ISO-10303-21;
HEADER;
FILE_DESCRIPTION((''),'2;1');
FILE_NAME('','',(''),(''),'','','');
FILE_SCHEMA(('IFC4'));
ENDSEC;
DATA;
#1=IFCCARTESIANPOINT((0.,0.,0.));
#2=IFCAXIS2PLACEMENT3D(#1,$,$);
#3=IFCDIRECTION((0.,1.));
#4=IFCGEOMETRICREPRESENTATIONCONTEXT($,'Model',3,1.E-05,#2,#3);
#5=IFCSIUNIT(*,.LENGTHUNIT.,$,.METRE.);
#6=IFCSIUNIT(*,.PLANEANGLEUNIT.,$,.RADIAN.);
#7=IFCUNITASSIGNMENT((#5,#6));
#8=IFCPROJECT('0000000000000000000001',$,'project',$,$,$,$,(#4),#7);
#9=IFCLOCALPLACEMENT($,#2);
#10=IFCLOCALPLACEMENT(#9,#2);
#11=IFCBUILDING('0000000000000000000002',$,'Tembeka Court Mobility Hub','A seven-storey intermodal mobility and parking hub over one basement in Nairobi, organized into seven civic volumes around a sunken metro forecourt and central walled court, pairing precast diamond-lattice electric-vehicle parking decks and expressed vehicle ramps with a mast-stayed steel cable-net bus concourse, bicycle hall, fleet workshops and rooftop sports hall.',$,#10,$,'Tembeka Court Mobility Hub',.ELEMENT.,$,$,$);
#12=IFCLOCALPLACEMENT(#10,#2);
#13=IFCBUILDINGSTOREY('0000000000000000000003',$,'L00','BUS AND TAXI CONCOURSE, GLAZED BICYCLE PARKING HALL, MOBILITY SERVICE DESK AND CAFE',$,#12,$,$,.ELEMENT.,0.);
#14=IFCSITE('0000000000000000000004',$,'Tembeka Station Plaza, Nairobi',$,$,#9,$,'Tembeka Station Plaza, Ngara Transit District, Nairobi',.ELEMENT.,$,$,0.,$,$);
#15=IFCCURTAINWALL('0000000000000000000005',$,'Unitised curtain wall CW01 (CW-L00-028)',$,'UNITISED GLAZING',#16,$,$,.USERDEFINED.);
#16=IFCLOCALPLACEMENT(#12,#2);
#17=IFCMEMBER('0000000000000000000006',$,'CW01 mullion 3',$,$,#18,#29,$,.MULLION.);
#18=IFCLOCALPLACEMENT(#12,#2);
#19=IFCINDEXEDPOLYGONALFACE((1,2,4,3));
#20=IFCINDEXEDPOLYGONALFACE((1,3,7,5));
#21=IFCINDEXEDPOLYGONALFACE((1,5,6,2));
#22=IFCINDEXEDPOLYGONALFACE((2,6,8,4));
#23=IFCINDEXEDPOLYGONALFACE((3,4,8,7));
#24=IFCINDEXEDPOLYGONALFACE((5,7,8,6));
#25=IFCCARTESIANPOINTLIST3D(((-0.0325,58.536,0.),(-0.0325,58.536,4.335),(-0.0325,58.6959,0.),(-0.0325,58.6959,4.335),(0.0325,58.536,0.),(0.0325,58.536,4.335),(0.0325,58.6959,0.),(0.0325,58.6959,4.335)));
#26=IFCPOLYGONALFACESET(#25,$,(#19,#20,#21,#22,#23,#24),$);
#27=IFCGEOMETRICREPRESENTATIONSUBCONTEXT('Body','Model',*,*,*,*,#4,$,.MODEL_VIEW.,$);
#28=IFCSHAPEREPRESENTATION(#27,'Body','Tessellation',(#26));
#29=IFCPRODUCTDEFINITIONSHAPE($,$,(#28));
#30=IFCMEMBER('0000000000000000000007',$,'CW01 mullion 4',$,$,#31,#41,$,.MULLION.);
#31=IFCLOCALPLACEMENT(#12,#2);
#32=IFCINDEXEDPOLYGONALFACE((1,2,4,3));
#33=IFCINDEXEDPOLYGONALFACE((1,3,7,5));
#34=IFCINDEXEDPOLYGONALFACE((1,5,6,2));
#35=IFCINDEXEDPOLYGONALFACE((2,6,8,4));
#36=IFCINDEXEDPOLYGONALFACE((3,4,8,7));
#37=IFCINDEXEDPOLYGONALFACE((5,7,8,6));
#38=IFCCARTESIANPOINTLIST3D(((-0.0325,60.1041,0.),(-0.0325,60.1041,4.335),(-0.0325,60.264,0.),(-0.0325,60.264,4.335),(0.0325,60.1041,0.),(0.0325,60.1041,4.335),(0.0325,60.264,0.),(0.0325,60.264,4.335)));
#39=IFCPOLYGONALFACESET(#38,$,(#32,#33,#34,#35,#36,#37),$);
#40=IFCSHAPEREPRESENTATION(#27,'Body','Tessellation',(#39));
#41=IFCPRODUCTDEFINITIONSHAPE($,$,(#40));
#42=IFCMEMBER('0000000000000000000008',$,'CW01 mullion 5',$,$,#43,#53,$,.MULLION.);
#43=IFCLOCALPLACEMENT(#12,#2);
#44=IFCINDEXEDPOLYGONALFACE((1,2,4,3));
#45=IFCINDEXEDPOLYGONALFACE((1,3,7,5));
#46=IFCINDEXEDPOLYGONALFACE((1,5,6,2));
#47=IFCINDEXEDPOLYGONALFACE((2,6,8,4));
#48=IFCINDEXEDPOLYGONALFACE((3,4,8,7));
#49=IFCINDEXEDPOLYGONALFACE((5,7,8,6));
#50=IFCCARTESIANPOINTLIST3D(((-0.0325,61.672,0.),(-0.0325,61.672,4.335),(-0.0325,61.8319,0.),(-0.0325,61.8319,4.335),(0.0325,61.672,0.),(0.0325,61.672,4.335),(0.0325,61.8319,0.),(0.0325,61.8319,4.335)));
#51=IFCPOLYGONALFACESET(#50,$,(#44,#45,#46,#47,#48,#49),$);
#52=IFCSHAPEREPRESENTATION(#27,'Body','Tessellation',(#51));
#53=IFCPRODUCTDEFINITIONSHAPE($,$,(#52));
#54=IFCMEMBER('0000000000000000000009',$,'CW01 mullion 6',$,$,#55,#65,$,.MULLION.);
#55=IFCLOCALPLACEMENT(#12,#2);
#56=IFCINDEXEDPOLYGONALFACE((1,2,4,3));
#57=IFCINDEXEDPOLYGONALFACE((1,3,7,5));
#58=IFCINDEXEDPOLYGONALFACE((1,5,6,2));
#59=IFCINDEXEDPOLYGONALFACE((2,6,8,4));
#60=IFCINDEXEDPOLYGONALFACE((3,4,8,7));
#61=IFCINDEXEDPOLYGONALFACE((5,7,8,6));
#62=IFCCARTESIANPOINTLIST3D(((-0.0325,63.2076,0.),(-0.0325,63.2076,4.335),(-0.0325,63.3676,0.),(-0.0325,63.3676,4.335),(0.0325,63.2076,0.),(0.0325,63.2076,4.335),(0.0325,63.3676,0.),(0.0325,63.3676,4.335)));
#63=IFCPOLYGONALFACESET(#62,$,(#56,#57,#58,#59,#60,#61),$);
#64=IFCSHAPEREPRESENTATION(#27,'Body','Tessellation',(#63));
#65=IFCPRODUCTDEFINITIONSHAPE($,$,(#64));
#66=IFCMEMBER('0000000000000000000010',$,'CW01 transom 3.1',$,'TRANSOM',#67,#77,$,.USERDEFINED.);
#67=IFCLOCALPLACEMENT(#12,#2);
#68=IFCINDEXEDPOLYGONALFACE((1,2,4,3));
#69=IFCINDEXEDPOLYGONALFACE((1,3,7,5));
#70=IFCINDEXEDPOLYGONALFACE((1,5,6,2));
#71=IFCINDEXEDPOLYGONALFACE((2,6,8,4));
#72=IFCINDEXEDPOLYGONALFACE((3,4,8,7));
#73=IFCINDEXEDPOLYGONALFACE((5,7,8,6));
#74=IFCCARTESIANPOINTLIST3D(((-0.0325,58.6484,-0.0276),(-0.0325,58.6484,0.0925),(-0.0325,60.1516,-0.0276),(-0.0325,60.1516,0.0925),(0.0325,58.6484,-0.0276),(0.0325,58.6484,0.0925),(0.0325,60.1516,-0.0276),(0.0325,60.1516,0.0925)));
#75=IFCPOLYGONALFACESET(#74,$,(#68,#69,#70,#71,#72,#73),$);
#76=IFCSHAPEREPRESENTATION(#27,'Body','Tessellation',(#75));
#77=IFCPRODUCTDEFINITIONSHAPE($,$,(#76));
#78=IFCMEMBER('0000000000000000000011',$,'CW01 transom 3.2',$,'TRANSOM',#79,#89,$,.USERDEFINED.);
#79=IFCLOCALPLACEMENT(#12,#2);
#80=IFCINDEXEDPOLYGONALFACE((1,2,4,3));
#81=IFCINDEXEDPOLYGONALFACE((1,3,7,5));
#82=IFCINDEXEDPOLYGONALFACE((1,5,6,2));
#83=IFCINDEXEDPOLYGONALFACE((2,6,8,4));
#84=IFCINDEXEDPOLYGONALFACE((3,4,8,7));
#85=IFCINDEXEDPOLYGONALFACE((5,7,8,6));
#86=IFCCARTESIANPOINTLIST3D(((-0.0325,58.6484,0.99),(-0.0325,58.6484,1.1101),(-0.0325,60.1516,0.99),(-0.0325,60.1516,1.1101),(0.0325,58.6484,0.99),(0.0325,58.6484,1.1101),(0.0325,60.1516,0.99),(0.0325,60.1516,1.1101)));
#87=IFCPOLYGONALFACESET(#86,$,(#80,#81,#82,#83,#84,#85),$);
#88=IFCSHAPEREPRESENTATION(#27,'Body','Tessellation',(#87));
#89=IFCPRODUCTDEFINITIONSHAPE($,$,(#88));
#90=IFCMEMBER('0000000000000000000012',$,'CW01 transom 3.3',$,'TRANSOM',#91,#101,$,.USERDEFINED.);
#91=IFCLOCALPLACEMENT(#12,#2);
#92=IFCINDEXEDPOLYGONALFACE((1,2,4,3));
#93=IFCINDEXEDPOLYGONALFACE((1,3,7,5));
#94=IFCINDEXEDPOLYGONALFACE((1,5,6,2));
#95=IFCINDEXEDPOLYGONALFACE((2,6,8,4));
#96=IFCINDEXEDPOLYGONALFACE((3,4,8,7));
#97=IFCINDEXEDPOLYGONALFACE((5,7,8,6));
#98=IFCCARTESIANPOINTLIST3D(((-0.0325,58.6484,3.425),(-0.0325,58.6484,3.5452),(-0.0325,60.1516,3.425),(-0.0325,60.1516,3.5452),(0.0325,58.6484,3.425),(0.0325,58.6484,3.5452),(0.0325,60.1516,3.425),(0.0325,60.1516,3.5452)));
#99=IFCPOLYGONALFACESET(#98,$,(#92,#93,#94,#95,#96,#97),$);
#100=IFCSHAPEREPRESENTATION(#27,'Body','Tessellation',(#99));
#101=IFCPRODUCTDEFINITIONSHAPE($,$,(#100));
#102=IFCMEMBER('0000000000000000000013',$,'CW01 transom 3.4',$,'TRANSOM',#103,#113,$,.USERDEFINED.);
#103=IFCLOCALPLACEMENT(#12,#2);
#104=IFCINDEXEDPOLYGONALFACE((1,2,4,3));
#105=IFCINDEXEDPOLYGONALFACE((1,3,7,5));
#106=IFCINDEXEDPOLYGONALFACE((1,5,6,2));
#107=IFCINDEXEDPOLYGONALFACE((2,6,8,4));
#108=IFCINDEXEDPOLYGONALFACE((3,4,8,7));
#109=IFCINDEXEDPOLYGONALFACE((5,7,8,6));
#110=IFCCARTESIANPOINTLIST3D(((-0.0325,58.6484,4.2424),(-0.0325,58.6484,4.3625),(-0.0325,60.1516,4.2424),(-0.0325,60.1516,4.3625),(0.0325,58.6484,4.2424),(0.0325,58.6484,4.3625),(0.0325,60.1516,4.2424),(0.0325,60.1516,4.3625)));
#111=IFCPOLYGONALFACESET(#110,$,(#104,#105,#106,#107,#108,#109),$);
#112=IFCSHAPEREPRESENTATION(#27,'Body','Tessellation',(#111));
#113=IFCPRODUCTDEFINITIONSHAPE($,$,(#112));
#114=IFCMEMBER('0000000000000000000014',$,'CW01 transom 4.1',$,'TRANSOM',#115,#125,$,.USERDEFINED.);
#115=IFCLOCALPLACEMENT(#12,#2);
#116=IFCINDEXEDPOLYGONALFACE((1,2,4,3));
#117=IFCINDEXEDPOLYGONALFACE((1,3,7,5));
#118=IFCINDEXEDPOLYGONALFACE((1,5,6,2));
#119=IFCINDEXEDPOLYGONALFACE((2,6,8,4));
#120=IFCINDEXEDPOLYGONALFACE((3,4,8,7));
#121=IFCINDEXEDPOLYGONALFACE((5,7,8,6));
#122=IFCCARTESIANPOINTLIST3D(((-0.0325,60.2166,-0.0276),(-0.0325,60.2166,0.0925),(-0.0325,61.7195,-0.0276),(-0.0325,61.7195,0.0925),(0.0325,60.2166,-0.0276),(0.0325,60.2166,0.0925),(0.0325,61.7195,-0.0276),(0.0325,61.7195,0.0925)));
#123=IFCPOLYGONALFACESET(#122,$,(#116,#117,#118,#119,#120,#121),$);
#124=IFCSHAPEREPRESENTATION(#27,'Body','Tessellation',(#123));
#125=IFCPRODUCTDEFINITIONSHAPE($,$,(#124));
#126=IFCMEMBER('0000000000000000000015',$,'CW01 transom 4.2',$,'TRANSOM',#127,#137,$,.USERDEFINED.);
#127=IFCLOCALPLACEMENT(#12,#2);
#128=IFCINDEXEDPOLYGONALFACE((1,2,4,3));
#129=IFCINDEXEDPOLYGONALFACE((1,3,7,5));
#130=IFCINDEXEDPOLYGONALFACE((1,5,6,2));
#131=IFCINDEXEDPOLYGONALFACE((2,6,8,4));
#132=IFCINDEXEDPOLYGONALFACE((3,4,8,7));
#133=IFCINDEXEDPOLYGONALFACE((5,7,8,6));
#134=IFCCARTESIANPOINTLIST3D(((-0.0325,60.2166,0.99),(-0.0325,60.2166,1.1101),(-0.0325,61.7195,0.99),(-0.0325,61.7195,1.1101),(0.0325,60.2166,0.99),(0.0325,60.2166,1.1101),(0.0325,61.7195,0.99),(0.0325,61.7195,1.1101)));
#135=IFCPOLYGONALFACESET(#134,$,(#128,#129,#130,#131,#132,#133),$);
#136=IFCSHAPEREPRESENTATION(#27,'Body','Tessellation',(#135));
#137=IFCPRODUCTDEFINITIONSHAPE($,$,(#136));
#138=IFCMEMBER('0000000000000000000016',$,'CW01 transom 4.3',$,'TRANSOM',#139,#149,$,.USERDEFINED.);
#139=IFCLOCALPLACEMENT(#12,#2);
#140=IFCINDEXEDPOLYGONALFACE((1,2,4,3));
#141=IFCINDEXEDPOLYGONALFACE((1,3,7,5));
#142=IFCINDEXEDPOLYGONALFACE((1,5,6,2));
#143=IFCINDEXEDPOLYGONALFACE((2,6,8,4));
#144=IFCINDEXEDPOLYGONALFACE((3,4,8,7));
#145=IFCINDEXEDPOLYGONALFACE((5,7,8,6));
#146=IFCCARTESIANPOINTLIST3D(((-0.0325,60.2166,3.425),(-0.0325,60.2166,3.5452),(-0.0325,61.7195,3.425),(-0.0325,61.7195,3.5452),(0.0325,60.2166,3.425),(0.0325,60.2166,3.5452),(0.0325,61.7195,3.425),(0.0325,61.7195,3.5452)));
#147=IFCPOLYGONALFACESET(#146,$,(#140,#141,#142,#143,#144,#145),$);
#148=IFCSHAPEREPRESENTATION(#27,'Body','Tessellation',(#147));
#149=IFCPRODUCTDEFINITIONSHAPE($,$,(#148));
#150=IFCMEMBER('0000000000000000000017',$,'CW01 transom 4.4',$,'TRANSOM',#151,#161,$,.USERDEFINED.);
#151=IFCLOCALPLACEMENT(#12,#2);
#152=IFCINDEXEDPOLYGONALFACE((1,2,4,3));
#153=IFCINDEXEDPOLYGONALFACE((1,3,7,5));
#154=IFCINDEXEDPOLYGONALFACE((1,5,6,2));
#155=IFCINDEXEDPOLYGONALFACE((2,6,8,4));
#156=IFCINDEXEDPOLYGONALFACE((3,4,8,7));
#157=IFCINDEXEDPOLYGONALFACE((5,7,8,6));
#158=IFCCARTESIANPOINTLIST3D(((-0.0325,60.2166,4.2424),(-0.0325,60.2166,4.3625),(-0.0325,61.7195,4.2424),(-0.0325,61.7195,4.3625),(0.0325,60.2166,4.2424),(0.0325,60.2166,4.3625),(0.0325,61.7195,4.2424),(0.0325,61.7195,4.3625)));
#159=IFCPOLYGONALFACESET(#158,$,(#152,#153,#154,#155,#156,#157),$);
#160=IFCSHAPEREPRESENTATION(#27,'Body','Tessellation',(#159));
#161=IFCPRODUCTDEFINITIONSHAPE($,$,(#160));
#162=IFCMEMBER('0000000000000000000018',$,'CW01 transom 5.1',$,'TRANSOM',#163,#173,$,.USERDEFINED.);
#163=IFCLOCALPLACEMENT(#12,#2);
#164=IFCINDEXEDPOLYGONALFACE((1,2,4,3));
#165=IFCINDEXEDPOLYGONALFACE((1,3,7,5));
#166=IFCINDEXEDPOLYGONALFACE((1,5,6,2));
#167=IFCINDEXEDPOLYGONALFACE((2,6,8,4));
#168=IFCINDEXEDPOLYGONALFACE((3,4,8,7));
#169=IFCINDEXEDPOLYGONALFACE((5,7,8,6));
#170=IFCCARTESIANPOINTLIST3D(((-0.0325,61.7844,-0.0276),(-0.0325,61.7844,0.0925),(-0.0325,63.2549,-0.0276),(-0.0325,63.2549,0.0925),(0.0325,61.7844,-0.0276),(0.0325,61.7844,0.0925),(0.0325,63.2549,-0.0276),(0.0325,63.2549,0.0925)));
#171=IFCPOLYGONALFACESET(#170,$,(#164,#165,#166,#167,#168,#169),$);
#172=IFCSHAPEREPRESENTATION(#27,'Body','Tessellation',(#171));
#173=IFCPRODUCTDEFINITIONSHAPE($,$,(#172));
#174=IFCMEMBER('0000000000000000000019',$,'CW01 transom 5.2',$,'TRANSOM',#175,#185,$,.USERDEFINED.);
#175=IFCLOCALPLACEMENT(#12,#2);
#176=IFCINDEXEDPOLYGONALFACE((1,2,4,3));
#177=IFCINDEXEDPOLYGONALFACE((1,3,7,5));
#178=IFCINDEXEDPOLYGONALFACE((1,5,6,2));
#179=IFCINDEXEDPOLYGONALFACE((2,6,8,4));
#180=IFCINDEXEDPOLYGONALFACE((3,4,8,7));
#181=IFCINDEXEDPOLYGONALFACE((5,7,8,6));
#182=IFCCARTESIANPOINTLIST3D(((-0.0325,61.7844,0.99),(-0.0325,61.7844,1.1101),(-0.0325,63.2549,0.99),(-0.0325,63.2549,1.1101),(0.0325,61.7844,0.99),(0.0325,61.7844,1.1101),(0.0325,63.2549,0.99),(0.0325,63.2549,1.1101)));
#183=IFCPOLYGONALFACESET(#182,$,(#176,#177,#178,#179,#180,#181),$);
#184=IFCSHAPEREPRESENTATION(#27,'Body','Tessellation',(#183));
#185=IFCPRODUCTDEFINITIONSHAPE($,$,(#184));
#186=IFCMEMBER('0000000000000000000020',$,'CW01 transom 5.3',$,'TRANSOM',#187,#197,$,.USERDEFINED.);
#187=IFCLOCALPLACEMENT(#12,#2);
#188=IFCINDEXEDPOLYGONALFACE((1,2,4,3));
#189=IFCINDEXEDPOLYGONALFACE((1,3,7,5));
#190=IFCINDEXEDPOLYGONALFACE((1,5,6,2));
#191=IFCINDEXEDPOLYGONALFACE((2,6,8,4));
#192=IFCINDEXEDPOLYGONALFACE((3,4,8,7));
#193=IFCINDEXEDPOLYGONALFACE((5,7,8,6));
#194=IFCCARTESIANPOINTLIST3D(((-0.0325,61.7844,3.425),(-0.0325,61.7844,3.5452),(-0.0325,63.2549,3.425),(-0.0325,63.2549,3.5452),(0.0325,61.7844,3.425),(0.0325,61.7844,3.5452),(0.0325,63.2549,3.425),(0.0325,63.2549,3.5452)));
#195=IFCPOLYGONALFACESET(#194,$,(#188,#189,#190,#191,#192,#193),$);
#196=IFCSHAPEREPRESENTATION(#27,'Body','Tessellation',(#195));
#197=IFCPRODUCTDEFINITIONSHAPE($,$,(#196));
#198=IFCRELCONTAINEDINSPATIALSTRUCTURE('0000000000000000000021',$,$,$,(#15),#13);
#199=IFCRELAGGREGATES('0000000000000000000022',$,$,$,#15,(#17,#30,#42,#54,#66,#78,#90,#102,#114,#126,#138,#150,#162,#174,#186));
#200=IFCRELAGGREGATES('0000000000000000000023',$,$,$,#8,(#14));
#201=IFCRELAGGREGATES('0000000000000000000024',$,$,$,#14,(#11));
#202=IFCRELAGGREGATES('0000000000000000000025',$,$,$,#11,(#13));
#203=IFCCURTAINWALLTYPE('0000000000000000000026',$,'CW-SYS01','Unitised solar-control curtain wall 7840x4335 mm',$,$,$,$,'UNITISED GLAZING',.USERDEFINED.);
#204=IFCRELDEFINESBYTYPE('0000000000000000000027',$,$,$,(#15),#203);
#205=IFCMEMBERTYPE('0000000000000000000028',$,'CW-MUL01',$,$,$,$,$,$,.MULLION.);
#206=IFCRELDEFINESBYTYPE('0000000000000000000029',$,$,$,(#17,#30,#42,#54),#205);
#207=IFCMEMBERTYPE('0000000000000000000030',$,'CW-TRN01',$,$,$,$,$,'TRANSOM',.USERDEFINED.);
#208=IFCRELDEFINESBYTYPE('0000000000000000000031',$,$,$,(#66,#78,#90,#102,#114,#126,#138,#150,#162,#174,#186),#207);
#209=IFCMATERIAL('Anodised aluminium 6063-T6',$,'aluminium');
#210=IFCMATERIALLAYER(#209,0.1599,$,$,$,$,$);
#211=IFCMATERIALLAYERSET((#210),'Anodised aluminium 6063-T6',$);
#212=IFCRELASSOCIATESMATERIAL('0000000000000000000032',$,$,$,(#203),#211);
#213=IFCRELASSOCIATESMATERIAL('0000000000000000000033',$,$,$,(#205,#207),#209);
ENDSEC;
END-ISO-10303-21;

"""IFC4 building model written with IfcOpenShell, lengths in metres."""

from ifc_helpers import new_model, si_unit, direction, frame, origin, origin_2d, place, context, subcontext, project, spatial, rectangle, extrude, material, layer, layer_set, material_profile, profile_set, type_object, element, aggregate, save


model = new_model("IFC4")

# Units and contexts
model_context = context("Model", 3, precision=1e-05, world=origin(), true_north=direction((0.0, 1.0)))
body_context = subcontext(model_context, "Body", "Model", "MODEL_VIEW")
ifc_project = project(units=[si_unit("LENGTHUNIT", "METRE"), si_unit("PLANEANGLEUNIT", "RADIAN")], contexts=[model_context])

# Site, building, storey
site_placement = place(None, origin())
site = spatial("IfcSite", under=ifc_project, at=site_placement, Name="Tembeka Station Plaza, Nairobi", LongName="Tembeka Station Plaza, Ngara Transit District, Nairobi", CompositionType="ELEMENT", RefElevation=0.0)
building_placement = place(site_placement, origin())
building = spatial("IfcBuilding", under=site, at=building_placement, Name="Tembeka Court Mobility Hub", Description="A seven-storey intermodal mobility and parking hub over one basement in Nairobi, organized into seven civic volumes around a sunken metro forecourt and central walled court, pairing precast diamond-lattice electric-vehicle parking decks and expressed vehicle ramps with a mast-stayed steel cable-net bus concourse, bicycle hall, fleet workshops and rooftop sports hall.", LongName="Tembeka Court Mobility Hub", CompositionType="ELEMENT")
storey_placement = place(building_placement, origin())
storey = spatial("IfcBuildingStorey", under=building, at=storey_placement, Name="L00", Description="BUS AND TAXI CONCOURSE, GLAZED BICYCLE PARKING HALL, MOBILITY SERVICE DESK AND CAFE", CompositionType="ELEMENT", Elevation=0.0)

# Curtain wall, members
ifc_material_1 = material(Name="Anodised aluminium 6063-T6", Category="aluminium")
ifc_layer_1 = layer(ifc_material_1, 0.1599)
ifc_layer_set_1 = layer_set([ifc_layer_1], Name="Anodised aluminium 6063-T6")
curtain_wall_type = type_object("IfcCurtainWallType", Name="CW-SYS01", Description="Unitised solar-control curtain wall 7840x4335 mm", ElementType="UNITISED GLAZING", PredefinedType="USERDEFINED", material=ifc_layer_set_1)
curtain_wall_placement = place(storey_placement, origin())
curtain_wall = element("IfcCurtainWall", 1, at=curtain_wall_placement, inside=storey, type_object=curtain_wall_type, Name="Unitised curtain wall CW01 (CW-L00-028)", ObjectType="UNITISED GLAZING", PredefinedType="USERDEFINED")
ifc_material_profile_1 = material_profile(ifc_material_1, rectangle(XDim=0.0649, YDim=0.1599, at=origin_2d()), Name="ALU-MUL 65x160")
ifc_profile_set_1 = profile_set([ifc_material_profile_1], Name="Anodised aluminium 6063-T6")
member_type_1 = type_object("IfcMemberType", Name="CW-MUL01", PredefinedType="MULLION", material=ifc_profile_set_1)
member_1_placement = place(storey_placement, frame((0.0, 58.616, 0.0), z_axis=(0.0, 0.0, 1.0), x_axis=(-1.0, 0.0, 0.0)))
member_1 = element("IfcMember", 2, at=member_1_placement, type_object=member_type_1, Name="CW01 mullion 3", PredefinedType="MULLION", context=body_context, shape_type="SweptSolid", body=[
    extrude(rectangle(XDim=0.0649, YDim=0.1599, at=origin_2d()), origin(), (0.0, 0.0, 1.0), 4.335),
])
member_2_placement = place(storey_placement, frame((0.0, 60.1841, 0.0), z_axis=(0.0, 0.0, 1.0), x_axis=(-1.0, 0.0, 0.0)))
member_2 = element("IfcMember", 3, at=member_2_placement, type_object=member_type_1, Name="CW01 mullion 4", PredefinedType="MULLION", context=body_context, shape_type="SweptSolid", body=[
    extrude(rectangle(XDim=0.0649, YDim=0.1599, at=origin_2d()), origin(), (0.0, 0.0, 1.0), 4.335),
])
member_3_placement = place(storey_placement, frame((0.0, 61.752, 0.0), z_axis=(0.0, 0.0, 1.0), x_axis=(-1.0, 0.0, 0.0)))
member_3 = element("IfcMember", 4, at=member_3_placement, type_object=member_type_1, Name="CW01 mullion 5", PredefinedType="MULLION", context=body_context, shape_type="SweptSolid", body=[
    extrude(rectangle(XDim=0.0649, YDim=0.1599, at=origin_2d()), origin(), (0.0, 0.0, 1.0), 4.335),
])
member_4_placement = place(storey_placement, frame((0.0, 63.2876, 0.0), z_axis=(0.0, 0.0, 1.0), x_axis=(-1.0, 0.0, 0.0)))
member_4 = element("IfcMember", 5, at=member_4_placement, type_object=member_type_1, Name="CW01 mullion 6", PredefinedType="MULLION", context=body_context, shape_type="SweptSolid", body=[
    extrude(rectangle(XDim=0.0649, YDim=0.1599, at=origin_2d()), origin(), (0.0, 0.0, 1.0), 4.335),
])
ifc_material_profile_2 = material_profile(ifc_material_1, rectangle(XDim=0.0649, YDim=0.1201, at=origin_2d()), Name="ALU-TRN 65x120")
ifc_profile_set_2 = profile_set([ifc_material_profile_2], Name="Anodised aluminium 6063-T6")
member_type_2 = type_object("IfcMemberType", Name="CW-TRN01", ElementType="TRANSOM", PredefinedType="USERDEFINED", material=ifc_profile_set_2)
member_5_placement = place(storey_placement, frame((0.0, 58.6484, 0.0325), z_axis=(0.0, 1.0, 0.0), x_axis=(-1.0, 0.0, 0.0)))
member_5 = element("IfcMember", 6, at=member_5_placement, type_object=member_type_2, Name="CW01 transom 3.1", ObjectType="TRANSOM", PredefinedType="USERDEFINED", context=body_context, shape_type="SweptSolid", body=[
    extrude(rectangle(XDim=0.0649, YDim=0.1201, at=origin_2d()), origin(), (0.0, 0.0, 1.0), 1.5032),
])
member_6_placement = place(storey_placement, frame((0.0, 58.6484, 1.05), z_axis=(0.0, 1.0, 0.0), x_axis=(-1.0, 0.0, 0.0)))
member_6 = element("IfcMember", 7, at=member_6_placement, type_object=member_type_2, Name="CW01 transom 3.2", ObjectType="TRANSOM", PredefinedType="USERDEFINED", context=body_context, shape_type="SweptSolid", body=[
    extrude(rectangle(XDim=0.0649, YDim=0.1201, at=origin_2d()), origin(), (0.0, 0.0, 1.0), 1.5032),
])
member_7_placement = place(storey_placement, frame((0.0, 58.6484, 3.4851), z_axis=(0.0, 1.0, 0.0), x_axis=(-1.0, 0.0, 0.0)))
member_7 = element("IfcMember", 8, at=member_7_placement, type_object=member_type_2, Name="CW01 transom 3.3", ObjectType="TRANSOM", PredefinedType="USERDEFINED", context=body_context, shape_type="SweptSolid", body=[
    extrude(rectangle(XDim=0.0649, YDim=0.1201, at=origin_2d()), origin(), (0.0, 0.0, 1.0), 1.5032),
])
member_8_placement = place(storey_placement, frame((0.0, 58.6484, 4.3025), z_axis=(0.0, 1.0, 0.0), x_axis=(-1.0, 0.0, 0.0)))
member_8 = element("IfcMember", 9, at=member_8_placement, type_object=member_type_2, Name="CW01 transom 3.4", ObjectType="TRANSOM", PredefinedType="USERDEFINED", context=body_context, shape_type="SweptSolid", body=[
    extrude(rectangle(XDim=0.0649, YDim=0.1201, at=origin_2d()), origin(), (0.0, 0.0, 1.0), 1.5032),
])
member_9_placement = place(storey_placement, frame((0.0, 60.2166, 0.0325), z_axis=(0.0, 1.0, 0.0), x_axis=(-1.0, 0.0, 0.0)))
member_9 = element("IfcMember", 10, at=member_9_placement, type_object=member_type_2, Name="CW01 transom 4.1", ObjectType="TRANSOM", PredefinedType="USERDEFINED", context=body_context, shape_type="SweptSolid", body=[
    extrude(rectangle(XDim=0.0649, YDim=0.1201, at=origin_2d()), origin(), (0.0, 0.0, 1.0), 1.5029),
])
member_10_placement = place(storey_placement, frame((0.0, 60.2166, 1.05), z_axis=(0.0, 1.0, 0.0), x_axis=(-1.0, 0.0, 0.0)))
member_10 = element("IfcMember", 11, at=member_10_placement, type_object=member_type_2, Name="CW01 transom 4.2", ObjectType="TRANSOM", PredefinedType="USERDEFINED", context=body_context, shape_type="SweptSolid", body=[
    extrude(rectangle(XDim=0.0649, YDim=0.1201, at=origin_2d()), origin(), (0.0, 0.0, 1.0), 1.5029),
])
member_11_placement = place(storey_placement, frame((0.0, 60.2166, 3.4851), z_axis=(0.0, 1.0, 0.0), x_axis=(-1.0, 0.0, 0.0)))
member_11 = element("IfcMember", 12, at=member_11_placement, type_object=member_type_2, Name="CW01 transom 4.3", ObjectType="TRANSOM", PredefinedType="USERDEFINED", context=body_context, shape_type="SweptSolid", body=[
    extrude(rectangle(XDim=0.0649, YDim=0.1201, at=origin_2d()), origin(), (0.0, 0.0, 1.0), 1.5029),
])
member_12_placement = place(storey_placement, frame((0.0, 60.2166, 4.3025), z_axis=(0.0, 1.0, 0.0), x_axis=(-1.0, 0.0, 0.0)))
member_12 = element("IfcMember", 13, at=member_12_placement, type_object=member_type_2, Name="CW01 transom 4.4", ObjectType="TRANSOM", PredefinedType="USERDEFINED", context=body_context, shape_type="SweptSolid", body=[
    extrude(rectangle(XDim=0.0649, YDim=0.1201, at=origin_2d()), origin(), (0.0, 0.0, 1.0), 1.5029),
])
member_13_placement = place(storey_placement, frame((0.0, 61.7844, 0.0325), z_axis=(0.0, 1.0, 0.0), x_axis=(-1.0, 0.0, 0.0)))
member_13 = element("IfcMember", 14, at=member_13_placement, type_object=member_type_2, Name="CW01 transom 5.1", ObjectType="TRANSOM", PredefinedType="USERDEFINED", context=body_context, shape_type="SweptSolid", body=[
    extrude(rectangle(XDim=0.0649, YDim=0.1201, at=origin_2d()), origin(), (0.0, 0.0, 1.0), 1.4705),
])
member_14_placement = place(storey_placement, frame((0.0, 61.7844, 1.05), z_axis=(0.0, 1.0, 0.0), x_axis=(-1.0, 0.0, 0.0)))
member_14 = element("IfcMember", 15, at=member_14_placement, type_object=member_type_2, Name="CW01 transom 5.2", ObjectType="TRANSOM", PredefinedType="USERDEFINED", context=body_context, shape_type="SweptSolid", body=[
    extrude(rectangle(XDim=0.0649, YDim=0.1201, at=origin_2d()), origin(), (0.0, 0.0, 1.0), 1.4705),
])
member_15_placement = place(storey_placement, frame((0.0, 61.7844, 3.4851), z_axis=(0.0, 1.0, 0.0), x_axis=(-1.0, 0.0, 0.0)))
member_15 = element("IfcMember", 16, at=member_15_placement, type_object=member_type_2, Name="CW01 transom 5.3", ObjectType="TRANSOM", PredefinedType="USERDEFINED", context=body_context, shape_type="SweptSolid", body=[
    extrude(rectangle(XDim=0.0649, YDim=0.1201, at=origin_2d()), origin(), (0.0, 0.0, 1.0), 1.4705),
])
aggregate(curtain_wall, [member_1, member_2, member_3, member_4, member_5, member_6, member_7, member_8, member_9, member_10, member_11, member_12, member_13, member_14, member_15])

save(model, "model.ifc")
